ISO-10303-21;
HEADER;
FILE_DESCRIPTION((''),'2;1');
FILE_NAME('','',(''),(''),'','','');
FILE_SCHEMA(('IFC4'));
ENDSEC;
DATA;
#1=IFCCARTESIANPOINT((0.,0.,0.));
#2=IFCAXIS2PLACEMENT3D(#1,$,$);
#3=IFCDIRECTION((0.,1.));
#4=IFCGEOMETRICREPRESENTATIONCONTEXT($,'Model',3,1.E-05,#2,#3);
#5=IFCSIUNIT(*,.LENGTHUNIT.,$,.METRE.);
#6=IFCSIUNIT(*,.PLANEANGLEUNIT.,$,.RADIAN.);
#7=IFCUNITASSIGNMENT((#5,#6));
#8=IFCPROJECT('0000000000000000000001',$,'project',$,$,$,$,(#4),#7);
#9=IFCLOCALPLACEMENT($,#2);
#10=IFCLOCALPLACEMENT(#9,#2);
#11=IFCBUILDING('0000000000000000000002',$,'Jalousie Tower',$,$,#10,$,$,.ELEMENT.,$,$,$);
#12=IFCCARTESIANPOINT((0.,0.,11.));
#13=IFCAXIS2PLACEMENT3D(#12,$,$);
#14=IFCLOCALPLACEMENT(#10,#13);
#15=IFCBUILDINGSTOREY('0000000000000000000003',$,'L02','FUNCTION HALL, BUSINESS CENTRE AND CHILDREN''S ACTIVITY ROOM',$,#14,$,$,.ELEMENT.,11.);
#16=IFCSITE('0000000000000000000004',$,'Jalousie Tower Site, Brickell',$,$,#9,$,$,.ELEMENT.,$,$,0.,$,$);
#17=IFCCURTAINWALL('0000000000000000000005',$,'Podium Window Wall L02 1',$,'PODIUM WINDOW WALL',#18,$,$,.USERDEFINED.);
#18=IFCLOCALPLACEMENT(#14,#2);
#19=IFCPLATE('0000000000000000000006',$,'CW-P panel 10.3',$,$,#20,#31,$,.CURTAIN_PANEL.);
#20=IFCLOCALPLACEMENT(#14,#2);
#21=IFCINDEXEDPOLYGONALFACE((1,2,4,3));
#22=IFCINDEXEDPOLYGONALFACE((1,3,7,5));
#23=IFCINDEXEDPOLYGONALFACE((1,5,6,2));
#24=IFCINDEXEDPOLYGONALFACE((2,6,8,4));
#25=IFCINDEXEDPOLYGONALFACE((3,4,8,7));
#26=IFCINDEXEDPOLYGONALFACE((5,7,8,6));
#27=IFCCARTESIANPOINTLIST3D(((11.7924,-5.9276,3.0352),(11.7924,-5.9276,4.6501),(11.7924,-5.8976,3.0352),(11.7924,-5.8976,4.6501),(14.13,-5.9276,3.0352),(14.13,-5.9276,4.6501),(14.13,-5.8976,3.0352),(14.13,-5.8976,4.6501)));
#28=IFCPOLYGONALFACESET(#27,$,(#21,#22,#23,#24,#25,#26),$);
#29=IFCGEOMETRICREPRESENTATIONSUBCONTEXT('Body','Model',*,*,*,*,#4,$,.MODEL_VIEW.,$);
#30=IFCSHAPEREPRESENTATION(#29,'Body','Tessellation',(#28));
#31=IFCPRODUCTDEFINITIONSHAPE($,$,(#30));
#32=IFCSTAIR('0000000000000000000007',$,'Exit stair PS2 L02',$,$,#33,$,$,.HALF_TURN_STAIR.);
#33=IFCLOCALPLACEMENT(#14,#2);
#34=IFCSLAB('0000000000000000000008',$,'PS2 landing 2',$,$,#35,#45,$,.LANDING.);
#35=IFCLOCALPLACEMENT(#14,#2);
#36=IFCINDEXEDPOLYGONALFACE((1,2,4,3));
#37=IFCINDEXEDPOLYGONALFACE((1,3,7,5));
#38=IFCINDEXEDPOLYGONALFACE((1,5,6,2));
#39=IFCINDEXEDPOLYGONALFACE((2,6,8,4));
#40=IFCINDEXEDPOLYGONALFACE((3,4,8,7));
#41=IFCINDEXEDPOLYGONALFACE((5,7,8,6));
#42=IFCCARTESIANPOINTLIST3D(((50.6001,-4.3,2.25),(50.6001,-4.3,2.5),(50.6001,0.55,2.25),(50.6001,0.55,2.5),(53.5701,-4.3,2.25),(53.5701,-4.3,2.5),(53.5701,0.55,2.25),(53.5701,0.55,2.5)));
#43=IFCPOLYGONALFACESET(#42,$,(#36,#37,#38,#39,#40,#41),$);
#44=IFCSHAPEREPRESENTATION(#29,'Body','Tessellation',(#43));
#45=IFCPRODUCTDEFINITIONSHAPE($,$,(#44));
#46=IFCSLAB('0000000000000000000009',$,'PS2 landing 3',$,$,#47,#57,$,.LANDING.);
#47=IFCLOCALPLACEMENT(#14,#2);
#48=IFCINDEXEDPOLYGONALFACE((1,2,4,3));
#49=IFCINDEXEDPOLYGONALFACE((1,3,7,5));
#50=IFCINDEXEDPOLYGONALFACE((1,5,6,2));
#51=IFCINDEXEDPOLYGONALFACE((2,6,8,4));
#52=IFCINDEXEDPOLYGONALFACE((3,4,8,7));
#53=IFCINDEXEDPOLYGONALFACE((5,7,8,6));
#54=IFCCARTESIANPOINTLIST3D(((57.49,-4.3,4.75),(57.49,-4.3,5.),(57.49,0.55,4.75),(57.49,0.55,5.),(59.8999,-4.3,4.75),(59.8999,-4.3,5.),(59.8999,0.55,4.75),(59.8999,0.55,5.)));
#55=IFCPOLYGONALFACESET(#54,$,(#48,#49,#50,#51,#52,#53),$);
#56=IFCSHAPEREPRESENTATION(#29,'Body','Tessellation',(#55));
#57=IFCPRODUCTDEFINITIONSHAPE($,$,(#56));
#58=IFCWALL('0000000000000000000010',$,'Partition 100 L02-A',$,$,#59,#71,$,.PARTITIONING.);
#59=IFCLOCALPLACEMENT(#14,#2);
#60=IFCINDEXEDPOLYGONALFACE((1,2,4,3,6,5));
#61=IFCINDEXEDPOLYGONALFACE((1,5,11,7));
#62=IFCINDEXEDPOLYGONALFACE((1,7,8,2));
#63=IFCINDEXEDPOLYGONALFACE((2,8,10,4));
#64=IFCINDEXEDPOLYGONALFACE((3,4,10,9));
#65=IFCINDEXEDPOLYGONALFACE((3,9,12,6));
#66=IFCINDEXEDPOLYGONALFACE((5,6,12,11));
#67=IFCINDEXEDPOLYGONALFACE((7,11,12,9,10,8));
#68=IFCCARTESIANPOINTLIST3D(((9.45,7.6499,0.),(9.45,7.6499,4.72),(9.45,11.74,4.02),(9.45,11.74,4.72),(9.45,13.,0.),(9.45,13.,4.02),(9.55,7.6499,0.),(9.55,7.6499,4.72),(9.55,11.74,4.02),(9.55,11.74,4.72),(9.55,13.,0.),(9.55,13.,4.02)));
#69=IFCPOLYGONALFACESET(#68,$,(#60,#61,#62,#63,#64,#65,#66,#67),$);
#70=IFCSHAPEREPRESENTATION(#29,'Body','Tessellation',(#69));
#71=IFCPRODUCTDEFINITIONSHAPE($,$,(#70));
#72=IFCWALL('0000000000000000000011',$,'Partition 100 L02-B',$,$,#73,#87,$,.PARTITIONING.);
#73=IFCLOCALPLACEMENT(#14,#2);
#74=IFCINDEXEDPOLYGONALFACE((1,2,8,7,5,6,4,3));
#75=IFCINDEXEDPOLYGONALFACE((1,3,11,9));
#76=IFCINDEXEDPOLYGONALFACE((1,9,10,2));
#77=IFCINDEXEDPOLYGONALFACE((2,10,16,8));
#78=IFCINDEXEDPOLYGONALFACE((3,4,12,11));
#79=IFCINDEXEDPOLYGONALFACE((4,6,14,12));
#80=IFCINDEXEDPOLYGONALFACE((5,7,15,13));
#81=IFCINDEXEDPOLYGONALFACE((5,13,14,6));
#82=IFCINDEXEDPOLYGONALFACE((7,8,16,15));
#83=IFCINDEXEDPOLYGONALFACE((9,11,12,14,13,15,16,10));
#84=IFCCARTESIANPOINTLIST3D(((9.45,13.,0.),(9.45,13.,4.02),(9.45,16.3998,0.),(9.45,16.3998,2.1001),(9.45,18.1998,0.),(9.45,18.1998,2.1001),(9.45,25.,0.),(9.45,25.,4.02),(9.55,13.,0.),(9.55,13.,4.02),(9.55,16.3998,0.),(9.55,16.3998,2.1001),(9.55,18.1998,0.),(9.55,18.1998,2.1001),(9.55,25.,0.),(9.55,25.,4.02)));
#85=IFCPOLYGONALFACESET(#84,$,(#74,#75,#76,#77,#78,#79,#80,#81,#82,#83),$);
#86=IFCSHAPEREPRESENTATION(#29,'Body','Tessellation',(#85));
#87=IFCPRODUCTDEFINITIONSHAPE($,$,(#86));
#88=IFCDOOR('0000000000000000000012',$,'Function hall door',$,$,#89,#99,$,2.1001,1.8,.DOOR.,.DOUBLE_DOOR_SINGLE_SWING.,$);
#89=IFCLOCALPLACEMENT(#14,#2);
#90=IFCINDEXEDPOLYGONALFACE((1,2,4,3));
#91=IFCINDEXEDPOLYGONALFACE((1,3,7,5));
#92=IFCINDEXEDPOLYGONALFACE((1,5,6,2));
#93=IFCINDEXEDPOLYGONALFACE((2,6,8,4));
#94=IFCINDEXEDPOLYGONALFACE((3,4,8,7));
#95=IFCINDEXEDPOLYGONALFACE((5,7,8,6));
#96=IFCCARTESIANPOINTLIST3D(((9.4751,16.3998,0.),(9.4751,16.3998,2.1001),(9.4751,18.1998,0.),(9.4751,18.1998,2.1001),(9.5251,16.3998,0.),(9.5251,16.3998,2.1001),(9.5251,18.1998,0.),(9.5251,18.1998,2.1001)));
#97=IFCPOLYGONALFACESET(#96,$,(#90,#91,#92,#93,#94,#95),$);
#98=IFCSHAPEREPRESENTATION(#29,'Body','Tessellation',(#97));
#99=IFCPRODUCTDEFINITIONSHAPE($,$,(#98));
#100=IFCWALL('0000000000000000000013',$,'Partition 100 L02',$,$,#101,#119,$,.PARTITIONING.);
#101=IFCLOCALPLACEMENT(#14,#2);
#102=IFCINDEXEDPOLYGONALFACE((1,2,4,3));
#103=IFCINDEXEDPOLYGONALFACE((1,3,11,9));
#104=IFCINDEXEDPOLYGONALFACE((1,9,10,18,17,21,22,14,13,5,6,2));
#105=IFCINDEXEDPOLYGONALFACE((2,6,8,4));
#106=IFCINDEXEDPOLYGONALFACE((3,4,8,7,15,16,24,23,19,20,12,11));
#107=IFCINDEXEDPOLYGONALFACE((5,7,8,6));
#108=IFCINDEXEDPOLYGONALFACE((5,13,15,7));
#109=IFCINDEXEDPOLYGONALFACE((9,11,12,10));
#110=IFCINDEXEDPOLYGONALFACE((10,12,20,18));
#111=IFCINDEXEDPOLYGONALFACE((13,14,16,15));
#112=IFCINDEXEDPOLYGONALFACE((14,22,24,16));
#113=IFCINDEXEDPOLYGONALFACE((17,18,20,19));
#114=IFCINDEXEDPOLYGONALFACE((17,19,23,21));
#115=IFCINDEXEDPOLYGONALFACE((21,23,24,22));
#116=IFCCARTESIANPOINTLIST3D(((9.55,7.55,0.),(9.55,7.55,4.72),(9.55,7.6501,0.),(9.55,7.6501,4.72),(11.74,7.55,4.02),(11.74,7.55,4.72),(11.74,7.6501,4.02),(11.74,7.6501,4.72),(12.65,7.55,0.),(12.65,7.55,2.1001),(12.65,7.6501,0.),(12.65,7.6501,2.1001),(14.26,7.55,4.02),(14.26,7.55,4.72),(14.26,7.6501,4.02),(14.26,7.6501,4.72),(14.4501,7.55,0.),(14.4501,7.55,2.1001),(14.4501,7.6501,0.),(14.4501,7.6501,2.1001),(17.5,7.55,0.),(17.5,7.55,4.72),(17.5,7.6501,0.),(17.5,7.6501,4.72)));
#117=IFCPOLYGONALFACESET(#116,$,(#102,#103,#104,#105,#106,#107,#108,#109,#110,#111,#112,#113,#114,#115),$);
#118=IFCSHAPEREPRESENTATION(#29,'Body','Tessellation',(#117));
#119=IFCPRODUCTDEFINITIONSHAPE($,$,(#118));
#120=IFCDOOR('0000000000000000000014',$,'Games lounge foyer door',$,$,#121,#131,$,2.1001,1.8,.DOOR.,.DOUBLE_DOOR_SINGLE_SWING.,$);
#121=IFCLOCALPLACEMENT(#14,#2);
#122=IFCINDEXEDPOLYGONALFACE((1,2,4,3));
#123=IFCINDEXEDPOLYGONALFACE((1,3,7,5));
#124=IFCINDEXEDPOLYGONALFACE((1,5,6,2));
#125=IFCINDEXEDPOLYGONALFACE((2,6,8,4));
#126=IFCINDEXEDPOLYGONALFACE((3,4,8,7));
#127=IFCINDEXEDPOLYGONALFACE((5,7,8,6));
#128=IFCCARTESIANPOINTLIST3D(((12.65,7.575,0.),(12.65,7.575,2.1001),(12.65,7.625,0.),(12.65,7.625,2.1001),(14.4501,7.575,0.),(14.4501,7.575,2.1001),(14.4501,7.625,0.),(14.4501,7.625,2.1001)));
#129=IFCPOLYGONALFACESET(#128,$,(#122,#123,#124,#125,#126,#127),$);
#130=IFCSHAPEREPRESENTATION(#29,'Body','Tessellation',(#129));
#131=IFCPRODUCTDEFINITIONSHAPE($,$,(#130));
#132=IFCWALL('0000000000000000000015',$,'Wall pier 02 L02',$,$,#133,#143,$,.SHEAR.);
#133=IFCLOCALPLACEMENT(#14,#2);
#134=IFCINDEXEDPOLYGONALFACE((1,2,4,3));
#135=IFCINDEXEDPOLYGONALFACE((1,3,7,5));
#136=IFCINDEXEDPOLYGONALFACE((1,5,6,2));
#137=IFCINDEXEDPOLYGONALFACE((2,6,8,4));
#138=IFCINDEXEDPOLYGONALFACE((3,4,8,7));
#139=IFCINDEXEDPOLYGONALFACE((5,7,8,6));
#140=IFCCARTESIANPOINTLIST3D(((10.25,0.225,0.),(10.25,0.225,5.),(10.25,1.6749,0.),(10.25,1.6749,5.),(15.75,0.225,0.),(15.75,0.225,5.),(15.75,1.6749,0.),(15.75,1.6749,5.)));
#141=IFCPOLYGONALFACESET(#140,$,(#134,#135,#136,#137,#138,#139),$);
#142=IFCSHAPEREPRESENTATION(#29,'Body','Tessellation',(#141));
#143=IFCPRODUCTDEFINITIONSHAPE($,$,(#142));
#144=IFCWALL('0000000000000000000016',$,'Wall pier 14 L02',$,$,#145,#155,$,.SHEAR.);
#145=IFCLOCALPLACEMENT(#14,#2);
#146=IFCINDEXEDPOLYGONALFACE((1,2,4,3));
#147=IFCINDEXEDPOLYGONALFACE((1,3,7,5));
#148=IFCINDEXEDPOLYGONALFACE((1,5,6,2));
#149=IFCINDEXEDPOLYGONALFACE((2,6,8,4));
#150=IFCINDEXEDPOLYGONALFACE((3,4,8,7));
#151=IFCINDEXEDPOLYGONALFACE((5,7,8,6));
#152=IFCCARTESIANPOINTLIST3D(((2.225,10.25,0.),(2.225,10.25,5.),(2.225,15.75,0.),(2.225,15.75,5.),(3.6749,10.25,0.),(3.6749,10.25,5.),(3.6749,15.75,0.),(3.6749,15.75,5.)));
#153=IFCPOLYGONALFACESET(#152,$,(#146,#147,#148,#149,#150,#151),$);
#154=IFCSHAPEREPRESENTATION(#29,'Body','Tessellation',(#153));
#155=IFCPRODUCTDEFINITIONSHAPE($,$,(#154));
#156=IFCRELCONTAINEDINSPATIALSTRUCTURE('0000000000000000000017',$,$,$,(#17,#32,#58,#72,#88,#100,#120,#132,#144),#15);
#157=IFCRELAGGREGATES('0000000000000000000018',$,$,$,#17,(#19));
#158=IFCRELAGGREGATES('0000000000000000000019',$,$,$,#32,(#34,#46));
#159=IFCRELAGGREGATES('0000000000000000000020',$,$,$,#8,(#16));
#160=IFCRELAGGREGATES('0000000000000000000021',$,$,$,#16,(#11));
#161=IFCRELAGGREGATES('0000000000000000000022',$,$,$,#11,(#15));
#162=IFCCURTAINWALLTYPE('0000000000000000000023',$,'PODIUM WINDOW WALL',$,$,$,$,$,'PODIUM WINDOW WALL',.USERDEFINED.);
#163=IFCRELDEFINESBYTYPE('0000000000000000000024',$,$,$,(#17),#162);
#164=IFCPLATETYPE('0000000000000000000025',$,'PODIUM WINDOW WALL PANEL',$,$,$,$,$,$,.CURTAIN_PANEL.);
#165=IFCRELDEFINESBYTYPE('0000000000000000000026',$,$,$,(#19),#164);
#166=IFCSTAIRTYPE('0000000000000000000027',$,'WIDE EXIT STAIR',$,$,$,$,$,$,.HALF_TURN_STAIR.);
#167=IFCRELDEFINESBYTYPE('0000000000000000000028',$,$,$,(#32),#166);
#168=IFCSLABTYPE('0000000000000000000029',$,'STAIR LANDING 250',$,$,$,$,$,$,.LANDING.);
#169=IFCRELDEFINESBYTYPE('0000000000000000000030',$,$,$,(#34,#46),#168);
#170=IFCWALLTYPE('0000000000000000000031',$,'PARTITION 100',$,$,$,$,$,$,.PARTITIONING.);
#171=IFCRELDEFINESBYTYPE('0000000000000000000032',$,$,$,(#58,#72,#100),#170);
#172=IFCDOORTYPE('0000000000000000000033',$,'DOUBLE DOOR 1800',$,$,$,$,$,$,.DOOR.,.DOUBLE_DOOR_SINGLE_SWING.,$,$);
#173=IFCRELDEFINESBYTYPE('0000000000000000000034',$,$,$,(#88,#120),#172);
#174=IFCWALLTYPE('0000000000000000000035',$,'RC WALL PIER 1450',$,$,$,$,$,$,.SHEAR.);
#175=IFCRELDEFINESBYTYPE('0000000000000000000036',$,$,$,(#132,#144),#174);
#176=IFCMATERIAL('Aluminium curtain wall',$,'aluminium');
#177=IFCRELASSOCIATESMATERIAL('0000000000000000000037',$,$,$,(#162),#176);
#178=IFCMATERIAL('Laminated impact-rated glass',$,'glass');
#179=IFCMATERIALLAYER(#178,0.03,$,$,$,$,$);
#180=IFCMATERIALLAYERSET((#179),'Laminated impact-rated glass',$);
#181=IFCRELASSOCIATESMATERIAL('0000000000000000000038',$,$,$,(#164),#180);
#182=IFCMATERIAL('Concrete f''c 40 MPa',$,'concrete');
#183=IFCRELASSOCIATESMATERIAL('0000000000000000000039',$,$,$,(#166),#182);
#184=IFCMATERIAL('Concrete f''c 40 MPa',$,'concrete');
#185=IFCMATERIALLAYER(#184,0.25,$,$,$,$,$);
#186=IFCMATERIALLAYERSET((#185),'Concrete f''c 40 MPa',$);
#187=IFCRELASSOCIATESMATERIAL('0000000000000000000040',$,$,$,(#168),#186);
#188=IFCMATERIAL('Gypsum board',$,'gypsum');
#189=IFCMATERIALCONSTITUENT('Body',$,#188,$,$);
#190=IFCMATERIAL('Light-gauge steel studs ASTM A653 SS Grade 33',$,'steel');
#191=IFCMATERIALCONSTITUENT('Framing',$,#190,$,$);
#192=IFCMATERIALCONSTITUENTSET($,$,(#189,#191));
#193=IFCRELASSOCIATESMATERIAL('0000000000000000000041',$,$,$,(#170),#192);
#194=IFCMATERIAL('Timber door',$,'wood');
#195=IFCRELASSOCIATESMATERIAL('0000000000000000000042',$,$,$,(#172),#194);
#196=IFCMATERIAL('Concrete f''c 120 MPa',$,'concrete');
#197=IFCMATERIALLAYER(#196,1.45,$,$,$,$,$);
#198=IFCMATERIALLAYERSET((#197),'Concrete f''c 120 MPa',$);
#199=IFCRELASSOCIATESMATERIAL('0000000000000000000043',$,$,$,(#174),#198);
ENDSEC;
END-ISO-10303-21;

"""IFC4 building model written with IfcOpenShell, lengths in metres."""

from ifc_helpers import new_model, si_unit, direction, frame, frame_2d, origin, origin_2d, place, context, subcontext, project, spatial, polyline, rectangle, outline, extrude, material, layer, layer_set, constituent, constituent_set, type_object, element, fill, aggregate, save


model = new_model("IFC4")

# Units and contexts
model_context = context("Model", 3, precision=1e-05, world=origin(), true_north=direction((0.0, 1.0)))
body_context = subcontext(model_context, "Body", "Model", "MODEL_VIEW")
ifc_project = project(units=[si_unit("LENGTHUNIT", "METRE"), si_unit("PLANEANGLEUNIT", "RADIAN")], contexts=[model_context])

# Site, building, storey
site_placement = place(None, origin())
site = spatial("IfcSite", under=ifc_project, at=site_placement, Name="Jalousie Tower Site, Brickell", CompositionType="ELEMENT", RefElevation=0.0)
building_placement = place(site_placement, origin())
building = spatial("IfcBuilding", under=site, at=building_placement, Name="Jalousie Tower", CompositionType="ELEMENT")
storey_placement = place(building_placement, frame((0.0, 0.0, 11.0)))
storey = spatial("IfcBuildingStorey", under=building, at=storey_placement, Name="L02", Description="FUNCTION HALL, BUSINESS CENTRE AND CHILDREN'S ACTIVITY ROOM", CompositionType="ELEMENT", Elevation=11.0)

# Curtain wall
ifc_material_1 = material(Name="Aluminium curtain wall", Category="aluminium")
curtain_wall_type = type_object("IfcCurtainWallType", Name="PODIUM WINDOW WALL", ElementType="PODIUM WINDOW WALL", PredefinedType="USERDEFINED", material=ifc_material_1)
curtain_wall_placement = place(storey_placement, origin())
curtain_wall = element("IfcCurtainWall", 1, at=curtain_wall_placement, inside=storey, type_object=curtain_wall_type, Name="Podium Window Wall L02 1", ObjectType="PODIUM WINDOW WALL", PredefinedType="USERDEFINED")

# Plate
ifc_material_2 = material(Name="Laminated impact-rated glass", Category="glass")
ifc_layer_1 = layer(ifc_material_2, 0.03)
ifc_layer_set_1 = layer_set([ifc_layer_1], Name="Laminated impact-rated glass")
plate_type = type_object("IfcPlateType", Name="PODIUM WINDOW WALL PANEL", PredefinedType="CURTAIN_PANEL", material=ifc_layer_set_1)
plate_1_placement = place(storey_placement, frame((12.9612, -5.9126, 3.0352), z_axis=(0.0, 0.0, 1.0), x_axis=(1.0, 0.0, 0.0)))
plate_1 = element("IfcPlate", 2, at=plate_1_placement, type_object=plate_type, Name="CW-P panel 10.3", PredefinedType="CURTAIN_PANEL", context=body_context, shape_type="SweptSolid", body=[
    extrude(rectangle(XDim=2.3376, YDim=0.03, at=origin_2d()), origin(), (0.0, 0.0, 1.0), 1.615),
])
aggregate(curtain_wall, [plate_1])

# Stair, slabs
ifc_material_3 = material(Name="Concrete f'c 40 MPa", Category="concrete")
stair_type = type_object("IfcStairType", Name="WIDE EXIT STAIR", PredefinedType="HALF_TURN_STAIR", material=ifc_material_3)
stair_placement = place(storey_placement, origin())
stair = element("IfcStair", 3, at=stair_placement, inside=storey, type_object=stair_type, Name="Exit stair PS2 L02", PredefinedType="HALF_TURN_STAIR")
ifc_material_4 = material(Name="Concrete f'c 40 MPa", Category="concrete")
ifc_layer_2 = layer(ifc_material_4, 0.25)
ifc_layer_set_2 = layer_set([ifc_layer_2], Name="Concrete f'c 40 MPa")
slab_type = type_object("IfcSlabType", Name="STAIR LANDING 250", PredefinedType="LANDING", material=ifc_layer_set_2)
slab_1_placement = place(storey_placement, frame((0.0, 0.0, 2.25)))
slab_1 = element("IfcSlab", 4, at=slab_1_placement, type_object=slab_type, Name="PS2 landing 2", PredefinedType="LANDING", context=body_context, shape_type="SweptSolid", body=[
    extrude(outline(polyline([(53.5701, 0.55), (50.6001, 0.55), (50.6001, -4.3), (53.5701, -4.3), (53.5701, 0.55)])), origin(), (0.0, 0.0, 1.0), 0.25),
])
slab_2_placement = place(storey_placement, frame((0.0, 0.0, 4.75)))
slab_2 = element("IfcSlab", 5, at=slab_2_placement, type_object=slab_type, Name="PS2 landing 3", PredefinedType="LANDING", context=body_context, shape_type="SweptSolid", body=[
    extrude(outline(polyline([(59.8999, -4.3), (59.8999, 0.55), (57.49, 0.55), (57.49, -4.3), (59.8999, -4.3)])), origin(), (0.0, 0.0, 1.0), 0.25),
])
aggregate(stair, [slab_1, slab_2])

# Wall
ifc_material_5 = material(Name="Gypsum board", Category="gypsum")
ifc_constituent_1 = constituent(ifc_material_5, Name="Body")
ifc_material_6 = material(Name="Light-gauge steel studs ASTM A653 SS Grade 33", Category="steel")
ifc_constituent_2 = constituent(ifc_material_6, Name="Framing")
ifc_constituent_set = constituent_set(constituents=[ifc_constituent_1, ifc_constituent_2])
wall_type_1 = type_object("IfcWallType", Name="PARTITION 100", PredefinedType="PARTITIONING", material=ifc_constituent_set)
wall_1_placement = place(storey_placement, frame((9.5, 7.6499, 0.0), z_axis=(0.0, 0.0, 1.0), x_axis=(0.0, 1.0, 0.0)))
element("IfcWall", 6, at=wall_1_placement, inside=storey, type_object=wall_type_1, Name="Partition 100 L02-A", PredefinedType="PARTITIONING", context=body_context, shape_type="SweptSolid", body=[
    extrude(outline(polyline([(0.0, 0.0), (5.3501, 0.0), (5.3501, 4.02), (4.0901, 4.02), (4.0901, 4.72), (0.0, 4.72), (0.0, 0.0)])), frame((0.0, 0.05, 0.0), z_axis=(0.0, -1.0, 0.0), x_axis=(1.0, 0.0, 0.0)), (0.0, 0.0, 1.0), 0.1001),
])

# Walls, openings, doors
wall_2_placement = place(storey_placement, frame((9.5, 13.0, 0.0), z_axis=(0.0, 0.0, 1.0), x_axis=(0.0, 1.0, 0.0)))
wall_2 = element("IfcWall", 7, at=wall_2_placement, inside=storey, type_object=wall_type_1, Name="Partition 100 L02-B", PredefinedType="PARTITIONING", context=body_context, shape_type="SweptSolid", body=[
    extrude(rectangle(XDim=12.0, YDim=0.1001, at=frame_2d((6.0, 0.0))), origin(), (0.0, 0.0, 1.0), 4.02),
])
opening_1_placement = place(wall_2_placement, frame((3.3999, 0.0, 0.0)))
opening_1 = element("IfcOpeningElement", 8, at=opening_1_placement, cuts=wall_2, PredefinedType="OPENING", context=body_context, shape_type="SweptSolid", body=[
    extrude(rectangle(XDim=1.8, YDim=2.1001, at=frame_2d((0.8999, 1.05))), frame((0.0, 0.0601, 0.0), z_axis=(0.0, -1.0, 0.0), x_axis=(1.0, 0.0, 0.0)), (0.0, 0.0, 1.0), 0.1201),
])
ifc_material_7 = material(Name="Timber door", Category="wood")
door_type = type_object("IfcDoorType", Name="DOUBLE DOOR 1800", OperationType="DOUBLE_DOOR_SINGLE_SWING", PredefinedType="DOOR", material=ifc_material_7)
door_1_placement = place(opening_1_placement, origin())
door_1 = element("IfcDoor", 9, at=door_1_placement, inside=storey, type_object=door_type, Name="Function hall door", OperationType="DOUBLE_DOOR_SINGLE_SWING", OverallHeight=2.1001, OverallWidth=1.8, PredefinedType="DOOR", context=body_context, shape_type="SweptSolid", body=[
    extrude(rectangle(XDim=1.8, YDim=2.1001, at=frame_2d((0.8999, 1.05))), frame((0.0, 0.0249, 0.0), z_axis=(0.0, -1.0, 0.0), x_axis=(1.0, 0.0, 0.0)), (0.0, 0.0, 1.0), 0.05),
])
fill(opening_1, door_1)
wall_3_placement = place(storey_placement, frame((9.55, 7.6001, 0.0), z_axis=(0.0, 0.0, 1.0), x_axis=(1.0, 0.0, 0.0)))
wall_3 = element("IfcWall", 10, at=wall_3_placement, inside=storey, type_object=wall_type_1, Name="Partition 100 L02", PredefinedType="PARTITIONING", context=body_context, shape_type="SweptSolid", body=[
    extrude(outline(polyline([(0.0, 0.0), (7.95, 0.0), (7.95, 4.72), (4.71, 4.72), (4.71, 4.02), (2.1899, 4.02), (2.1899, 4.72), (0.0, 4.72), (0.0, 0.0)])), frame((0.0, 0.05, 0.0), z_axis=(0.0, -1.0, 0.0), x_axis=(1.0, 0.0, 0.0)), (0.0, 0.0, 1.0), 0.1001),
])
opening_2_placement = place(wall_3_placement, frame((3.1001, 0.0, 0.0)))
opening_2 = element("IfcOpeningElement", 11, at=opening_2_placement, cuts=wall_3, PredefinedType="OPENING", context=body_context, shape_type="SweptSolid", body=[
    extrude(rectangle(XDim=1.8, YDim=2.1001, at=frame_2d((0.8999, 1.05))), frame((0.0, 0.0601, 0.0), z_axis=(0.0, -1.0, 0.0), x_axis=(1.0, 0.0, 0.0)), (0.0, 0.0, 1.0), 0.1201),
])
door_2_placement = place(opening_2_placement, origin())
door_2 = element("IfcDoor", 12, at=door_2_placement, inside=storey, type_object=door_type, Name="Games lounge foyer door", OperationType="DOUBLE_DOOR_SINGLE_SWING", OverallHeight=2.1001, OverallWidth=1.8, PredefinedType="DOOR", context=body_context, shape_type="SweptSolid", body=[
    extrude(rectangle(XDim=1.8, YDim=2.1001, at=frame_2d((0.8999, 1.05))), frame((0.0, 0.0249, 0.0), z_axis=(0.0, -1.0, 0.0), x_axis=(1.0, 0.0, 0.0)), (0.0, 0.0, 1.0), 0.05),
])
fill(opening_2, door_2)

# Walls
ifc_material_8 = material(Name="Concrete f'c 120 MPa", Category="concrete")
ifc_layer_3 = layer(ifc_material_8, 1.45)
ifc_layer_set_3 = layer_set([ifc_layer_3], Name="Concrete f'c 120 MPa")
wall_type_2 = type_object("IfcWallType", Name="RC WALL PIER 1450", PredefinedType="SHEAR", material=ifc_layer_set_3)
for number, where, z_axis, x_axis, name in (
    (13, (10.25, 0.95, 0.0), (0.0, 0.0, 1.0), (1.0, 0.0, 0.0), "Wall pier 02 L02"),
    (14, (2.95, 10.25, 0.0), (0.0, 0.0, 1.0), (0.0, 1.0, 0.0), "Wall pier 14 L02"),
):
    element("IfcWall", number, at=place(storey_placement, frame(where, z_axis=z_axis, x_axis=x_axis)), inside=storey, type_object=wall_type_2, Name=name, PredefinedType="SHEAR", context=body_context, shape_type="SweptSolid", body=[
        extrude(rectangle(XDim=5.5, YDim=1.45, at=frame_2d((2.75, 0.0))), origin(), (0.0, 0.0, 1.0), 5.0),
    ])

save(model, "model.ifc")
